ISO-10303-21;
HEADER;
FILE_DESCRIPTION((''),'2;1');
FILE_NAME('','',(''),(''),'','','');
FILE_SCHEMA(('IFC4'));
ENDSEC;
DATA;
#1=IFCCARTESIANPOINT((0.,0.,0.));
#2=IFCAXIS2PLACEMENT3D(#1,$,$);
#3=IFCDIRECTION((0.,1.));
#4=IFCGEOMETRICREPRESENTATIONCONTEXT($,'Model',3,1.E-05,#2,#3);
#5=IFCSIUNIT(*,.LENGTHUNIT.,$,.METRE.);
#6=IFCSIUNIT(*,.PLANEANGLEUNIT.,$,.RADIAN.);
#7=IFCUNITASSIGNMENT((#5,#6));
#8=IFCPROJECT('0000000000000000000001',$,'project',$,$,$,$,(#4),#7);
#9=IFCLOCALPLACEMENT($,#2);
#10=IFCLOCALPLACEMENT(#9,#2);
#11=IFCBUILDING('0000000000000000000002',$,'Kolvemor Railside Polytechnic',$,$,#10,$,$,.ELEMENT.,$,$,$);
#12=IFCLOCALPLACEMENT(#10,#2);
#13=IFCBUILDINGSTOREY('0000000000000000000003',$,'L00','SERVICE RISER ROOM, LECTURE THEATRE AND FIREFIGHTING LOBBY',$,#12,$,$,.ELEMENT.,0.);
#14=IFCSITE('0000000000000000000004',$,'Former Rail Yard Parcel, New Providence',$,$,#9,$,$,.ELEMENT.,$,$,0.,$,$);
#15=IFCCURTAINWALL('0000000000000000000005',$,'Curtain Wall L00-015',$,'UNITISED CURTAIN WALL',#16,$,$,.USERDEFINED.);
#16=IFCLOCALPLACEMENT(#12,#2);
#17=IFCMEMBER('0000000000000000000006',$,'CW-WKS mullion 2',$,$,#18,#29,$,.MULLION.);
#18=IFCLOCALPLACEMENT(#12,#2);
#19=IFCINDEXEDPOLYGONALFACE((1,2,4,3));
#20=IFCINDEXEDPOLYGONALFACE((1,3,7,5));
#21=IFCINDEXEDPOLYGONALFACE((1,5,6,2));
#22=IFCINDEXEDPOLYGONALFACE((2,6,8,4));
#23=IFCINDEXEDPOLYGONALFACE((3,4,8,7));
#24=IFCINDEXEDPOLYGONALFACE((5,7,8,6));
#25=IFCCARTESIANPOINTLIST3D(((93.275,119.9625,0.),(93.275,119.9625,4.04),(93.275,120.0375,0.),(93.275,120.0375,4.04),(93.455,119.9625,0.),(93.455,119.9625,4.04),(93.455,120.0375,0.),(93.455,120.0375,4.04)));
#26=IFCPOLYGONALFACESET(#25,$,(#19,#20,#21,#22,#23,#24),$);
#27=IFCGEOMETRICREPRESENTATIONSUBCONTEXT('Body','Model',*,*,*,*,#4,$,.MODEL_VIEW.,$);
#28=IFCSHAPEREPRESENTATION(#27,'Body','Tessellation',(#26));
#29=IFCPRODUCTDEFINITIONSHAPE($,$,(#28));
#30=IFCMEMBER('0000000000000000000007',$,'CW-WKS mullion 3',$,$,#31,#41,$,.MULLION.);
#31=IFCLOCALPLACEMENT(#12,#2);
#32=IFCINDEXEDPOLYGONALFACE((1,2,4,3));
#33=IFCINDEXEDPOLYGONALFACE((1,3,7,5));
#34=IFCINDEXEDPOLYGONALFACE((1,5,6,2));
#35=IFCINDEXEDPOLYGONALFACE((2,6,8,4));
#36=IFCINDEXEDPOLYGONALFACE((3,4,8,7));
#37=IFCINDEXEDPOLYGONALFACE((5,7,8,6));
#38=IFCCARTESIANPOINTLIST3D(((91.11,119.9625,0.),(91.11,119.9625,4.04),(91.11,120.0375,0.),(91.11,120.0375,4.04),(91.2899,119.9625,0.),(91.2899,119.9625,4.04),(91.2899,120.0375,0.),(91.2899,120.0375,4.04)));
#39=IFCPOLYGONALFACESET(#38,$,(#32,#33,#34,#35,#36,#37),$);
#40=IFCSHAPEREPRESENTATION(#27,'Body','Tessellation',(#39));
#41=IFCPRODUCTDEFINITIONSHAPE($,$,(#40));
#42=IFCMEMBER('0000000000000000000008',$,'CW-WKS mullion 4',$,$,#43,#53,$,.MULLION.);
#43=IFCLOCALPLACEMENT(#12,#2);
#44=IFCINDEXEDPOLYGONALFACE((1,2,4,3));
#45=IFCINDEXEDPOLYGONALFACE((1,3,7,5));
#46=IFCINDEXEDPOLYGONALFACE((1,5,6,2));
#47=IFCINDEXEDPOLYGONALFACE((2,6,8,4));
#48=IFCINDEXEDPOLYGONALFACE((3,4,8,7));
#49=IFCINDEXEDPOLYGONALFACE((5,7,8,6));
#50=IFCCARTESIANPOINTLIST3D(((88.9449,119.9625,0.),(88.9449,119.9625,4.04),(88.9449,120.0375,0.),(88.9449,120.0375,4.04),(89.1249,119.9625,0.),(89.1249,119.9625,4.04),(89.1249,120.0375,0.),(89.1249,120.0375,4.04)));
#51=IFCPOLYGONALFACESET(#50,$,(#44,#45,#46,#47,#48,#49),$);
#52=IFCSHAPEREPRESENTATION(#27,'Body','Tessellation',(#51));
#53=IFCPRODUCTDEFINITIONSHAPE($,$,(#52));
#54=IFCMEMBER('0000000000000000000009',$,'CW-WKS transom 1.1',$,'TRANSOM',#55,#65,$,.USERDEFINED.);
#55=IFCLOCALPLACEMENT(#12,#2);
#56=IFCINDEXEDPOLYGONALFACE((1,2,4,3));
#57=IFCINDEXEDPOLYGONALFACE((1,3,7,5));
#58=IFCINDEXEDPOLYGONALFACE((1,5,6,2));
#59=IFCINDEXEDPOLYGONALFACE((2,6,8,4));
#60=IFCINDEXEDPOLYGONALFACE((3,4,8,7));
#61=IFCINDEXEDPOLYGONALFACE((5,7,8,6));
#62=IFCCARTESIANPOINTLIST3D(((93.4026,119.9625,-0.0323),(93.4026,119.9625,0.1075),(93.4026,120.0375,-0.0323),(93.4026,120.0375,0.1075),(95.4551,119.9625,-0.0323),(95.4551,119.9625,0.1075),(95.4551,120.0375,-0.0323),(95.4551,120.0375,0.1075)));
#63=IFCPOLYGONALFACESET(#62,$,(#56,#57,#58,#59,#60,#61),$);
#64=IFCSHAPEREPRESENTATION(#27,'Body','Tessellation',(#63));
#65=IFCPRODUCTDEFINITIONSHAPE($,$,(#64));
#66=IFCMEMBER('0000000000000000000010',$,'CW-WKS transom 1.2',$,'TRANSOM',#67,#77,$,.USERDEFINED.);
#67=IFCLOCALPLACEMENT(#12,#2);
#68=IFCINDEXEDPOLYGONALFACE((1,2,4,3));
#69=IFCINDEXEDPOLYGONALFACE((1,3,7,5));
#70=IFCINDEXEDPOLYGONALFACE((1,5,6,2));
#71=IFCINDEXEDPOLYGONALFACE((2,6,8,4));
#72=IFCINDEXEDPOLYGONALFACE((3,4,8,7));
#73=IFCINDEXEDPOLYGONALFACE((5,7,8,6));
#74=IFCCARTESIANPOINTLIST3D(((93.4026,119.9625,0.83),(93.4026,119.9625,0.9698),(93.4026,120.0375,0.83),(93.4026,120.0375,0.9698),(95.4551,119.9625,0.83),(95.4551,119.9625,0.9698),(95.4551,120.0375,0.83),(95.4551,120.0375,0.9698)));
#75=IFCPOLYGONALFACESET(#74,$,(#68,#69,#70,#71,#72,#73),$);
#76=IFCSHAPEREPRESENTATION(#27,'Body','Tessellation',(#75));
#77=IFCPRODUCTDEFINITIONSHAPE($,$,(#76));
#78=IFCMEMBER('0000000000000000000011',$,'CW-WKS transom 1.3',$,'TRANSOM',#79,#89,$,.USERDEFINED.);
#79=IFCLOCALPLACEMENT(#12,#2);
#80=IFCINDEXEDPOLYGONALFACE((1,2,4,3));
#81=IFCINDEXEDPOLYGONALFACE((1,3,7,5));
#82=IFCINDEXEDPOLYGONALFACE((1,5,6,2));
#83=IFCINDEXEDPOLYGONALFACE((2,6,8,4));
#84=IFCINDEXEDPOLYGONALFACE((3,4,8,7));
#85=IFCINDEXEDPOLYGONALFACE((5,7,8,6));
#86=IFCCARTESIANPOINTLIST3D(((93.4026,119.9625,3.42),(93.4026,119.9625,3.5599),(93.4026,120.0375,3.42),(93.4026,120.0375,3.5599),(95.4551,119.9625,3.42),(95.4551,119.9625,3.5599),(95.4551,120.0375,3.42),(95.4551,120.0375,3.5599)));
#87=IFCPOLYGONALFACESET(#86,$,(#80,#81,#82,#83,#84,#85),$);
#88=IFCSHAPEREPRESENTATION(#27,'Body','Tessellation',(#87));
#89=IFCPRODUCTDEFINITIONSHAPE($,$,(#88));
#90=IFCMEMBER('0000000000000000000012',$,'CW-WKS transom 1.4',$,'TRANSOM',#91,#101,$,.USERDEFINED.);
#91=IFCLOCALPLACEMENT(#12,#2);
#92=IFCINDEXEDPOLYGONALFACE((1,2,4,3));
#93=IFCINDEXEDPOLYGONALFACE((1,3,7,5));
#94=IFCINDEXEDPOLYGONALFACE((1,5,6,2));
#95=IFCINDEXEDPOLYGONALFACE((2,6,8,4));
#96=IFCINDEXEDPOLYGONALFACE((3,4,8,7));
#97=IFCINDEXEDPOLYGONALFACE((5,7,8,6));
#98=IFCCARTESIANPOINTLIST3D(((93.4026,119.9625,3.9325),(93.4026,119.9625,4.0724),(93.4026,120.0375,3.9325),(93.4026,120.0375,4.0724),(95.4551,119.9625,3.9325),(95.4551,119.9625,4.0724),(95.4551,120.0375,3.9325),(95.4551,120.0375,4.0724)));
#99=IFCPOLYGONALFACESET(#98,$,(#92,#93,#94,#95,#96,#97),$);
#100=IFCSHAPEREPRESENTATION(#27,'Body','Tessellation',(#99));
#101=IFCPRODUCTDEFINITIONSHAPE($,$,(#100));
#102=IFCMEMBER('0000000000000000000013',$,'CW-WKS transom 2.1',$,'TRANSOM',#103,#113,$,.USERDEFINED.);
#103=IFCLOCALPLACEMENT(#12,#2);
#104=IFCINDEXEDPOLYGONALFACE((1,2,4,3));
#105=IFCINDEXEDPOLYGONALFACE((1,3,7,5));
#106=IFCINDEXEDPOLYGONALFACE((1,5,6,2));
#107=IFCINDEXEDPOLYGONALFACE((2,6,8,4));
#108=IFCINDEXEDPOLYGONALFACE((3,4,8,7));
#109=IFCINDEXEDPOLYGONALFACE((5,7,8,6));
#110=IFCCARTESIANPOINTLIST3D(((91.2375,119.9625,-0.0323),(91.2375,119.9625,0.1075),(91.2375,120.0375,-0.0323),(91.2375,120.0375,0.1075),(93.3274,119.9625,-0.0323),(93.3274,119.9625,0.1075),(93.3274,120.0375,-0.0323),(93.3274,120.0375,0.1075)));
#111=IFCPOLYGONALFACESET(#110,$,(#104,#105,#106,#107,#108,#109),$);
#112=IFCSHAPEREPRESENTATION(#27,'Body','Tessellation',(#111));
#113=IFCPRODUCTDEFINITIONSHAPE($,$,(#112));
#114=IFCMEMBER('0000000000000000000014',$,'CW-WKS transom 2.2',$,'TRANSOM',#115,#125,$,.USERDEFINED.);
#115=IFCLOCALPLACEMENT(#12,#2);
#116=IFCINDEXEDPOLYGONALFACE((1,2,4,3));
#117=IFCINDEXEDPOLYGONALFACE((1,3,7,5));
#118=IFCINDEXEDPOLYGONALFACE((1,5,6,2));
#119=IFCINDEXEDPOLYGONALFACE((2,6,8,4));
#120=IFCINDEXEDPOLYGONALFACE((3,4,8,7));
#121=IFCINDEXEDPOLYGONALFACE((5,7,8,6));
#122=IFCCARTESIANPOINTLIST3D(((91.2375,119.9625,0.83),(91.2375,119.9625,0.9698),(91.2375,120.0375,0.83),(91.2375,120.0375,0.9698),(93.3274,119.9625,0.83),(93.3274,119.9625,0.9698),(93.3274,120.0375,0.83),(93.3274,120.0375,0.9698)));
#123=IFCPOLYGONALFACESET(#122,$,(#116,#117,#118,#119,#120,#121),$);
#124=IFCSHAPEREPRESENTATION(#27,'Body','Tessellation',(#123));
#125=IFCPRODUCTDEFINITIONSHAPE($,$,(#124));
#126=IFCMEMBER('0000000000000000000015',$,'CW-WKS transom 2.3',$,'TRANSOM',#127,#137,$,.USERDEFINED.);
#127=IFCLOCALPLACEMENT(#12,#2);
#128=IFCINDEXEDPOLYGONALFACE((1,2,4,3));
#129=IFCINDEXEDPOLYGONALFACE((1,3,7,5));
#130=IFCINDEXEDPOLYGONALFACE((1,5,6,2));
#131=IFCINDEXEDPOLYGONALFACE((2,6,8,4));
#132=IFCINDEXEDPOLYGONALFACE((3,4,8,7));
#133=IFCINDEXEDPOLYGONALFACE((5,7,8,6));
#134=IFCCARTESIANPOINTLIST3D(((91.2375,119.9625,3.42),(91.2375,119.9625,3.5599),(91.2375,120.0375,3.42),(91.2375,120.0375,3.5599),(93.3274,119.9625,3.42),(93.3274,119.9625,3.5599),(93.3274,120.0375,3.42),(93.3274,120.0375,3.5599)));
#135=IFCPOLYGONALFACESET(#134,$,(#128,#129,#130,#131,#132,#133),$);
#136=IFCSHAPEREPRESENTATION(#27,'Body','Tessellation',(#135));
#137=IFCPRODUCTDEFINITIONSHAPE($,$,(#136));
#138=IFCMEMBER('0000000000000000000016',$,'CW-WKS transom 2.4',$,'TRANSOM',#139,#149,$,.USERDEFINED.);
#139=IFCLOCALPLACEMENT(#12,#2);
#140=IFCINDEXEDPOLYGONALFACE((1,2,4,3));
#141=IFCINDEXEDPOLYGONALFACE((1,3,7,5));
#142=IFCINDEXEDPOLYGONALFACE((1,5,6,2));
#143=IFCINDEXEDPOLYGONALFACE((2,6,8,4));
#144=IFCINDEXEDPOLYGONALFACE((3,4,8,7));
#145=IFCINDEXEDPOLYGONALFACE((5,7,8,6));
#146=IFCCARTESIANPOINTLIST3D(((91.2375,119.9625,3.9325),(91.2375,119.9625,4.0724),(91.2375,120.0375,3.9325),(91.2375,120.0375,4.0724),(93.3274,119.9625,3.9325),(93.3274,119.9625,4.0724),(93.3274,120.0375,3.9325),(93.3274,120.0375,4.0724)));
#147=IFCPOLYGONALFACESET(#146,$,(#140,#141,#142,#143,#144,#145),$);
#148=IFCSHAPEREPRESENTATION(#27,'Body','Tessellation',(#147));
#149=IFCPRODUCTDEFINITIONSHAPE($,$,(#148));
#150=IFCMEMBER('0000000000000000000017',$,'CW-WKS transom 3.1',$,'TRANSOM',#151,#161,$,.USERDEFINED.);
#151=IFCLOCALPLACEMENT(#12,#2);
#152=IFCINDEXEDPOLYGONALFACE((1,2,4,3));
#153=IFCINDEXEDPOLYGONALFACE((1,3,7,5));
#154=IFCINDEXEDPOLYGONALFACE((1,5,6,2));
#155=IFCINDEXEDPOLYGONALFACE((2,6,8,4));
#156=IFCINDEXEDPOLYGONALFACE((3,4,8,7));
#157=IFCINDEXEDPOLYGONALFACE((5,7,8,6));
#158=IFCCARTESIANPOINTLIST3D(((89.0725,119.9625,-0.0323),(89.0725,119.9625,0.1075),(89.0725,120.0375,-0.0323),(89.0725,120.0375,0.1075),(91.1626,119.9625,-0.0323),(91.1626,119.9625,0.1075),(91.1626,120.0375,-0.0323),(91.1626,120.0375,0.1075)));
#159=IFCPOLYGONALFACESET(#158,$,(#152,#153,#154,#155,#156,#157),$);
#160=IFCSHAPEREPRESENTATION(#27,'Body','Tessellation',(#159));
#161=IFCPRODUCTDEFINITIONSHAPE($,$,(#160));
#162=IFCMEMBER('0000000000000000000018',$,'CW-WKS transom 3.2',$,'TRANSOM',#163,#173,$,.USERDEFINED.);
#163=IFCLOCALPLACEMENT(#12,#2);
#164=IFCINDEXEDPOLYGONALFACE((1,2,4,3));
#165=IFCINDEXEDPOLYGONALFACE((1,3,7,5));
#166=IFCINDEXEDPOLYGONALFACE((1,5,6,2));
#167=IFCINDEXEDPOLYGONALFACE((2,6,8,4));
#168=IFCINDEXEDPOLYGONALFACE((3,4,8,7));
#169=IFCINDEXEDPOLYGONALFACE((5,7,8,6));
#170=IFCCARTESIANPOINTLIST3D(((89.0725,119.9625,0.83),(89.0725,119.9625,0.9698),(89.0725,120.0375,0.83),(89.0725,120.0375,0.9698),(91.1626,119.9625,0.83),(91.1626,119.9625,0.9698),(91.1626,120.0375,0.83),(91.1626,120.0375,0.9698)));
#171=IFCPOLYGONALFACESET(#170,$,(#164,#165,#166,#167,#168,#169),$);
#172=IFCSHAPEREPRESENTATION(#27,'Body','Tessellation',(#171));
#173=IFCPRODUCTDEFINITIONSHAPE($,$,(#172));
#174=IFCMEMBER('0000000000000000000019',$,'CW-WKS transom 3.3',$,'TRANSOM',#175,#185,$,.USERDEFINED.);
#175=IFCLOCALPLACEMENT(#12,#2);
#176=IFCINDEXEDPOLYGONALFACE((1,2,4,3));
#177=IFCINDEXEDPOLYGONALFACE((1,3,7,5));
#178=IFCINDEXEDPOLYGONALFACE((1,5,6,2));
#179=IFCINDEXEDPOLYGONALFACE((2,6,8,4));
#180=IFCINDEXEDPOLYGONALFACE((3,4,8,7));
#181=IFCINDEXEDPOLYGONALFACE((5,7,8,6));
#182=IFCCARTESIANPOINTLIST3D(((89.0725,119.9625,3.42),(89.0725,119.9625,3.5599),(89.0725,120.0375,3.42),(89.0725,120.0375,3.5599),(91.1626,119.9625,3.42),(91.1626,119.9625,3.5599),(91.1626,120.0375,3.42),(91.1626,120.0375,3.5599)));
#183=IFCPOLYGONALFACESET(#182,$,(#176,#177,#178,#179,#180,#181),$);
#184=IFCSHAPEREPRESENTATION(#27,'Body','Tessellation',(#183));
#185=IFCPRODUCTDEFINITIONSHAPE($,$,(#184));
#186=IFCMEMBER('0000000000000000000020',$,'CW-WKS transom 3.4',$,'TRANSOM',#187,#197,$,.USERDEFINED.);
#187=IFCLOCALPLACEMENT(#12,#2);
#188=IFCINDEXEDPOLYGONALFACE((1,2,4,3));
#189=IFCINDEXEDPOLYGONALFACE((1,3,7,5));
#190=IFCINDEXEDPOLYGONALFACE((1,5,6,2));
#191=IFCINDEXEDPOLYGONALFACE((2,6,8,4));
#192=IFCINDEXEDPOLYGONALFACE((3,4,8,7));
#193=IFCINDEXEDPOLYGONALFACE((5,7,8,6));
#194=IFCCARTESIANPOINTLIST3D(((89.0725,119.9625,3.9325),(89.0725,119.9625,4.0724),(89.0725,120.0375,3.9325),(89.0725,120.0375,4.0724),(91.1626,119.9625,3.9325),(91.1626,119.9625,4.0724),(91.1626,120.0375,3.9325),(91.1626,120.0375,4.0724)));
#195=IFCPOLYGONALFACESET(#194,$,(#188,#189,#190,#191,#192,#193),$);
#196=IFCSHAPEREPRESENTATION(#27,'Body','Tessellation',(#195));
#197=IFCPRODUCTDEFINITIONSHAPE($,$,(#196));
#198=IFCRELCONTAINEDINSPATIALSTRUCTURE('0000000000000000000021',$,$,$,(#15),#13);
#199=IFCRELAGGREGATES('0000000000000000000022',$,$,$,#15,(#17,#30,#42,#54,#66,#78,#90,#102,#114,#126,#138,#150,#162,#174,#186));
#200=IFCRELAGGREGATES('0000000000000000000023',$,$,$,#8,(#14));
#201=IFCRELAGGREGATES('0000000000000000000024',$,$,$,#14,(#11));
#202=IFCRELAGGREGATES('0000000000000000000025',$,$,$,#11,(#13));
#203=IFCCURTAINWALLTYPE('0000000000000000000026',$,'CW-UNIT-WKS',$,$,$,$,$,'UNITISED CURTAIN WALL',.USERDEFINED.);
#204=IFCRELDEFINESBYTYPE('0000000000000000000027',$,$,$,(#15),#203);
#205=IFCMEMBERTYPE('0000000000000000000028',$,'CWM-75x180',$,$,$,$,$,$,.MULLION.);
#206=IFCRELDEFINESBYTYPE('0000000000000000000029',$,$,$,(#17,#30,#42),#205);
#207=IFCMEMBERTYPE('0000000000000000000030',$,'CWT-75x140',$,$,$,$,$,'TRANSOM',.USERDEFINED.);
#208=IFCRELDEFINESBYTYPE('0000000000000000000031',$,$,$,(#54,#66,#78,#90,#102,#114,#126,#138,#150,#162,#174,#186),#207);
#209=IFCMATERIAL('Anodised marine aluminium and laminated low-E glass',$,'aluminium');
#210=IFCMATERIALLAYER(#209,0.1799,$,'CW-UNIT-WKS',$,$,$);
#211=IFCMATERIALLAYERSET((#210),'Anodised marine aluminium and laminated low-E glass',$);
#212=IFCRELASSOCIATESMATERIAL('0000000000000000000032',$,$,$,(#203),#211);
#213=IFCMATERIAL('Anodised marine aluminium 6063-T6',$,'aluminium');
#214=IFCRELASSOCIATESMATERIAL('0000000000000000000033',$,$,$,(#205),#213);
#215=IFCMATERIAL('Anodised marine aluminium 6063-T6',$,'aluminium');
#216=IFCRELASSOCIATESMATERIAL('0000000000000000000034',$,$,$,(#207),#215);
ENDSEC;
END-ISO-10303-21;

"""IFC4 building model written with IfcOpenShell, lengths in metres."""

from ifc_helpers import new_model, si_unit, direction, frame, origin, origin_2d, place, context, subcontext, project, spatial, rectangle, extrude, material, layer, layer_set, material_profile, profile_set, type_object, element, aggregate, save


model = new_model("IFC4")

# Units and contexts
model_context = context("Model", 3, precision=1e-05, world=origin(), true_north=direction((0.0, 1.0)))
body_context = subcontext(model_context, "Body", "Model", "MODEL_VIEW")
ifc_project = project(units=[si_unit("LENGTHUNIT", "METRE"), si_unit("PLANEANGLEUNIT", "RADIAN")], contexts=[model_context])

# Site, building, storey
site_placement = place(None, origin())
site = spatial("IfcSite", under=ifc_project, at=site_placement, Name="Former Rail Yard Parcel, New Providence", CompositionType="ELEMENT", RefElevation=0.0)
building_placement = place(site_placement, origin())
building = spatial("IfcBuilding", under=site, at=building_placement, Name="Kolvemor Railside Polytechnic", CompositionType="ELEMENT")
storey_placement = place(building_placement, origin())
storey = spatial("IfcBuildingStorey", under=building, at=storey_placement, Name="L00", Description="SERVICE RISER ROOM, LECTURE THEATRE AND FIREFIGHTING LOBBY", CompositionType="ELEMENT", Elevation=0.0)

# Curtain wall, members
ifc_material_1 = material(Name="Anodised marine aluminium and laminated low-E glass", Category="aluminium")
ifc_layer_1 = layer(ifc_material_1, 0.1799, Name="CW-UNIT-WKS")
ifc_layer_set_1 = layer_set([ifc_layer_1], Name="Anodised marine aluminium and laminated low-E glass")
curtain_wall_type = type_object("IfcCurtainWallType", Name="CW-UNIT-WKS", ElementType="UNITISED CURTAIN WALL", PredefinedType="USERDEFINED", material=ifc_layer_set_1)
curtain_wall_placement = place(storey_placement, origin())
curtain_wall = element("IfcCurtainWall", 1, at=curtain_wall_placement, inside=storey, type_object=curtain_wall_type, Name="Curtain Wall L00-015", ObjectType="UNITISED CURTAIN WALL", PredefinedType="USERDEFINED")
ifc_material_2 = material(Name="Anodised marine aluminium 6063-T6", Category="aluminium")
ifc_material_profile_1 = material_profile(ifc_material_2, rectangle(XDim=0.075, YDim=0.1799, at=origin_2d()), Name="CW-MUL-75x180")
ifc_profile_set_1 = profile_set([ifc_material_profile_1], Name="Anodised marine aluminium 6063-T6")
member_type_1 = type_object("IfcMemberType", Name="CWM-75x180", PredefinedType="MULLION", material=ifc_profile_set_1)
member_1_placement = place(storey_placement, frame((93.365, 120.0, 0.0), z_axis=(0.0, 0.0, 1.0), x_axis=(0.0, -1.0, 0.0)))
member_1 = element("IfcMember", 2, at=member_1_placement, type_object=member_type_1, Name="CW-WKS mullion 2", PredefinedType="MULLION", context=body_context, shape_type="SweptSolid", body=[
    extrude(rectangle(XDim=0.075, YDim=0.1799, at=origin_2d()), origin(), (0.0, 0.0, 1.0), 4.04),
])
member_2_placement = place(storey_placement, frame((91.2, 120.0, 0.0), z_axis=(0.0, 0.0, 1.0), x_axis=(0.0, -1.0, 0.0)))
member_2 = element("IfcMember", 3, at=member_2_placement, type_object=member_type_1, Name="CW-WKS mullion 3", PredefinedType="MULLION", context=body_context, shape_type="SweptSolid", body=[
    extrude(rectangle(XDim=0.075, YDim=0.1799, at=origin_2d()), origin(), (0.0, 0.0, 1.0), 4.04),
])
member_3_placement = place(storey_placement, frame((89.0349, 120.0, 0.0), z_axis=(0.0, 0.0, 1.0), x_axis=(0.0, -1.0, 0.0)))
member_3 = element("IfcMember", 4, at=member_3_placement, type_object=member_type_1, Name="CW-WKS mullion 4", PredefinedType="MULLION", context=body_context, shape_type="SweptSolid", body=[
    extrude(rectangle(XDim=0.075, YDim=0.1799, at=origin_2d()), origin(), (0.0, 0.0, 1.0), 4.04),
])
ifc_material_3 = material(Name="Anodised marine aluminium 6063-T6", Category="aluminium")
ifc_material_profile_2 = material_profile(ifc_material_3, rectangle(XDim=0.075, YDim=0.1399, at=origin_2d()), Name="CW-TRN-75x140")
ifc_profile_set_2 = profile_set([ifc_material_profile_2], Name="Anodised marine aluminium 6063-T6")
member_type_2 = type_object("IfcMemberType", Name="CWT-75x140", ElementType="TRANSOM", PredefinedType="USERDEFINED", material=ifc_profile_set_2)
member_4_placement = place(storey_placement, frame((95.4551, 120.0, 0.0376), z_axis=(-1.0, 0.0, 0.0), x_axis=(0.0, -1.0, 0.0)))
member_4 = element("IfcMember", 5, at=member_4_placement, type_object=member_type_2, Name="CW-WKS transom 1.1", ObjectType="TRANSOM", PredefinedType="USERDEFINED", context=body_context, shape_type="SweptSolid", body=[
    extrude(rectangle(XDim=0.075, YDim=0.1399, at=origin_2d()), origin(), (0.0, 0.0, 1.0), 2.0525),
])
member_5_placement = place(storey_placement, frame((95.4551, 120.0, 0.8999), z_axis=(-1.0, 0.0, 0.0), x_axis=(0.0, -1.0, 0.0)))
member_5 = element("IfcMember", 6, at=member_5_placement, type_object=member_type_2, Name="CW-WKS transom 1.2", ObjectType="TRANSOM", PredefinedType="USERDEFINED", context=body_context, shape_type="SweptSolid", body=[
    extrude(rectangle(XDim=0.075, YDim=0.1399, at=origin_2d()), origin(), (0.0, 0.0, 1.0), 2.0525),
])
member_6_placement = place(storey_placement, frame((95.4551, 120.0, 3.49), z_axis=(-1.0, 0.0, 0.0), x_axis=(0.0, -1.0, 0.0)))
member_6 = element("IfcMember", 7, at=member_6_placement, type_object=member_type_2, Name="CW-WKS transom 1.3", ObjectType="TRANSOM", PredefinedType="USERDEFINED", context=body_context, shape_type="SweptSolid", body=[
    extrude(rectangle(XDim=0.075, YDim=0.1399, at=origin_2d()), origin(), (0.0, 0.0, 1.0), 2.0525),
])
member_7_placement = place(storey_placement, frame((95.4551, 120.0, 4.0024), z_axis=(-1.0, 0.0, 0.0), x_axis=(0.0, -1.0, 0.0)))
member_7 = element("IfcMember", 8, at=member_7_placement, type_object=member_type_2, Name="CW-WKS transom 1.4", ObjectType="TRANSOM", PredefinedType="USERDEFINED", context=body_context, shape_type="SweptSolid", body=[
    extrude(rectangle(XDim=0.075, YDim=0.1399, at=origin_2d()), origin(), (0.0, 0.0, 1.0), 2.0525),
])
member_8_placement = place(storey_placement, frame((93.3274, 120.0, 0.0376), z_axis=(-1.0, 0.0, 0.0), x_axis=(0.0, -1.0, 0.0)))
member_8 = element("IfcMember", 9, at=member_8_placement, type_object=member_type_2, Name="CW-WKS transom 2.1", ObjectType="TRANSOM", PredefinedType="USERDEFINED", context=body_context, shape_type="SweptSolid", body=[
    extrude(rectangle(XDim=0.075, YDim=0.1399, at=origin_2d()), origin(), (0.0, 0.0, 1.0), 2.0898),
])
member_9_placement = place(storey_placement, frame((93.3274, 120.0, 0.8999), z_axis=(-1.0, 0.0, 0.0), x_axis=(0.0, -1.0, 0.0)))
member_9 = element("IfcMember", 10, at=member_9_placement, type_object=member_type_2, Name="CW-WKS transom 2.2", ObjectType="TRANSOM", PredefinedType="USERDEFINED", context=body_context, shape_type="SweptSolid", body=[
    extrude(rectangle(XDim=0.075, YDim=0.1399, at=origin_2d()), origin(), (0.0, 0.0, 1.0), 2.0898),
])
member_10_placement = place(storey_placement, frame((93.3274, 120.0, 3.49), z_axis=(-1.0, 0.0, 0.0), x_axis=(0.0, -1.0, 0.0)))
member_10 = element("IfcMember", 11, at=member_10_placement, type_object=member_type_2, Name="CW-WKS transom 2.3", ObjectType="TRANSOM", PredefinedType="USERDEFINED", context=body_context, shape_type="SweptSolid", body=[
    extrude(rectangle(XDim=0.075, YDim=0.1399, at=origin_2d()), origin(), (0.0, 0.0, 1.0), 2.0898),
])
member_11_placement = place(storey_placement, frame((93.3274, 120.0, 4.0024), z_axis=(-1.0, 0.0, 0.0), x_axis=(0.0, -1.0, 0.0)))
member_11 = element("IfcMember", 12, at=member_11_placement, type_object=member_type_2, Name="CW-WKS transom 2.4", ObjectType="TRANSOM", PredefinedType="USERDEFINED", context=body_context, shape_type="SweptSolid", body=[
    extrude(rectangle(XDim=0.075, YDim=0.1399, at=origin_2d()), origin(), (0.0, 0.0, 1.0), 2.0898),
])
member_12_placement = place(storey_placement, frame((91.1626, 120.0, 0.0376), z_axis=(-1.0, 0.0, 0.0), x_axis=(0.0, -1.0, 0.0)))
member_12 = element("IfcMember", 13, at=member_12_placement, type_object=member_type_2, Name="CW-WKS transom 3.1", ObjectType="TRANSOM", PredefinedType="USERDEFINED", context=body_context, shape_type="SweptSolid", body=[
    extrude(rectangle(XDim=0.075, YDim=0.1399, at=origin_2d()), origin(), (0.0, 0.0, 1.0), 2.0901),
])
member_13_placement = place(storey_placement, frame((91.1626, 120.0, 0.8999), z_axis=(-1.0, 0.0, 0.0), x_axis=(0.0, -1.0, 0.0)))
member_13 = element("IfcMember", 14, at=member_13_placement, type_object=member_type_2, Name="CW-WKS transom 3.2", ObjectType="TRANSOM", PredefinedType="USERDEFINED", context=body_context, shape_type="SweptSolid", body=[
    extrude(rectangle(XDim=0.075, YDim=0.1399, at=origin_2d()), origin(), (0.0, 0.0, 1.0), 2.0901),
])
member_14_placement = place(storey_placement, frame((91.1626, 120.0, 3.49), z_axis=(-1.0, 0.0, 0.0), x_axis=(0.0, -1.0, 0.0)))
member_14 = element("IfcMember", 15, at=member_14_placement, type_object=member_type_2, Name="CW-WKS transom 3.3", ObjectType="TRANSOM", PredefinedType="USERDEFINED", context=body_context, shape_type="SweptSolid", body=[
    extrude(rectangle(XDim=0.075, YDim=0.1399, at=origin_2d()), origin(), (0.0, 0.0, 1.0), 2.0901),
])
member_15_placement = place(storey_placement, frame((91.1626, 120.0, 4.0024), z_axis=(-1.0, 0.0, 0.0), x_axis=(0.0, -1.0, 0.0)))
member_15 = element("IfcMember", 16, at=member_15_placement, type_object=member_type_2, Name="CW-WKS transom 3.4", ObjectType="TRANSOM", PredefinedType="USERDEFINED", context=body_context, shape_type="SweptSolid", body=[
    extrude(rectangle(XDim=0.075, YDim=0.1399, at=origin_2d()), origin(), (0.0, 0.0, 1.0), 2.0901),
])
aggregate(curtain_wall, [member_1, member_2, member_3, member_4, member_5, member_6, member_7, member_8, member_9, member_10, member_11, member_12, member_13, member_14, member_15])

save(model, "model.ifc")
